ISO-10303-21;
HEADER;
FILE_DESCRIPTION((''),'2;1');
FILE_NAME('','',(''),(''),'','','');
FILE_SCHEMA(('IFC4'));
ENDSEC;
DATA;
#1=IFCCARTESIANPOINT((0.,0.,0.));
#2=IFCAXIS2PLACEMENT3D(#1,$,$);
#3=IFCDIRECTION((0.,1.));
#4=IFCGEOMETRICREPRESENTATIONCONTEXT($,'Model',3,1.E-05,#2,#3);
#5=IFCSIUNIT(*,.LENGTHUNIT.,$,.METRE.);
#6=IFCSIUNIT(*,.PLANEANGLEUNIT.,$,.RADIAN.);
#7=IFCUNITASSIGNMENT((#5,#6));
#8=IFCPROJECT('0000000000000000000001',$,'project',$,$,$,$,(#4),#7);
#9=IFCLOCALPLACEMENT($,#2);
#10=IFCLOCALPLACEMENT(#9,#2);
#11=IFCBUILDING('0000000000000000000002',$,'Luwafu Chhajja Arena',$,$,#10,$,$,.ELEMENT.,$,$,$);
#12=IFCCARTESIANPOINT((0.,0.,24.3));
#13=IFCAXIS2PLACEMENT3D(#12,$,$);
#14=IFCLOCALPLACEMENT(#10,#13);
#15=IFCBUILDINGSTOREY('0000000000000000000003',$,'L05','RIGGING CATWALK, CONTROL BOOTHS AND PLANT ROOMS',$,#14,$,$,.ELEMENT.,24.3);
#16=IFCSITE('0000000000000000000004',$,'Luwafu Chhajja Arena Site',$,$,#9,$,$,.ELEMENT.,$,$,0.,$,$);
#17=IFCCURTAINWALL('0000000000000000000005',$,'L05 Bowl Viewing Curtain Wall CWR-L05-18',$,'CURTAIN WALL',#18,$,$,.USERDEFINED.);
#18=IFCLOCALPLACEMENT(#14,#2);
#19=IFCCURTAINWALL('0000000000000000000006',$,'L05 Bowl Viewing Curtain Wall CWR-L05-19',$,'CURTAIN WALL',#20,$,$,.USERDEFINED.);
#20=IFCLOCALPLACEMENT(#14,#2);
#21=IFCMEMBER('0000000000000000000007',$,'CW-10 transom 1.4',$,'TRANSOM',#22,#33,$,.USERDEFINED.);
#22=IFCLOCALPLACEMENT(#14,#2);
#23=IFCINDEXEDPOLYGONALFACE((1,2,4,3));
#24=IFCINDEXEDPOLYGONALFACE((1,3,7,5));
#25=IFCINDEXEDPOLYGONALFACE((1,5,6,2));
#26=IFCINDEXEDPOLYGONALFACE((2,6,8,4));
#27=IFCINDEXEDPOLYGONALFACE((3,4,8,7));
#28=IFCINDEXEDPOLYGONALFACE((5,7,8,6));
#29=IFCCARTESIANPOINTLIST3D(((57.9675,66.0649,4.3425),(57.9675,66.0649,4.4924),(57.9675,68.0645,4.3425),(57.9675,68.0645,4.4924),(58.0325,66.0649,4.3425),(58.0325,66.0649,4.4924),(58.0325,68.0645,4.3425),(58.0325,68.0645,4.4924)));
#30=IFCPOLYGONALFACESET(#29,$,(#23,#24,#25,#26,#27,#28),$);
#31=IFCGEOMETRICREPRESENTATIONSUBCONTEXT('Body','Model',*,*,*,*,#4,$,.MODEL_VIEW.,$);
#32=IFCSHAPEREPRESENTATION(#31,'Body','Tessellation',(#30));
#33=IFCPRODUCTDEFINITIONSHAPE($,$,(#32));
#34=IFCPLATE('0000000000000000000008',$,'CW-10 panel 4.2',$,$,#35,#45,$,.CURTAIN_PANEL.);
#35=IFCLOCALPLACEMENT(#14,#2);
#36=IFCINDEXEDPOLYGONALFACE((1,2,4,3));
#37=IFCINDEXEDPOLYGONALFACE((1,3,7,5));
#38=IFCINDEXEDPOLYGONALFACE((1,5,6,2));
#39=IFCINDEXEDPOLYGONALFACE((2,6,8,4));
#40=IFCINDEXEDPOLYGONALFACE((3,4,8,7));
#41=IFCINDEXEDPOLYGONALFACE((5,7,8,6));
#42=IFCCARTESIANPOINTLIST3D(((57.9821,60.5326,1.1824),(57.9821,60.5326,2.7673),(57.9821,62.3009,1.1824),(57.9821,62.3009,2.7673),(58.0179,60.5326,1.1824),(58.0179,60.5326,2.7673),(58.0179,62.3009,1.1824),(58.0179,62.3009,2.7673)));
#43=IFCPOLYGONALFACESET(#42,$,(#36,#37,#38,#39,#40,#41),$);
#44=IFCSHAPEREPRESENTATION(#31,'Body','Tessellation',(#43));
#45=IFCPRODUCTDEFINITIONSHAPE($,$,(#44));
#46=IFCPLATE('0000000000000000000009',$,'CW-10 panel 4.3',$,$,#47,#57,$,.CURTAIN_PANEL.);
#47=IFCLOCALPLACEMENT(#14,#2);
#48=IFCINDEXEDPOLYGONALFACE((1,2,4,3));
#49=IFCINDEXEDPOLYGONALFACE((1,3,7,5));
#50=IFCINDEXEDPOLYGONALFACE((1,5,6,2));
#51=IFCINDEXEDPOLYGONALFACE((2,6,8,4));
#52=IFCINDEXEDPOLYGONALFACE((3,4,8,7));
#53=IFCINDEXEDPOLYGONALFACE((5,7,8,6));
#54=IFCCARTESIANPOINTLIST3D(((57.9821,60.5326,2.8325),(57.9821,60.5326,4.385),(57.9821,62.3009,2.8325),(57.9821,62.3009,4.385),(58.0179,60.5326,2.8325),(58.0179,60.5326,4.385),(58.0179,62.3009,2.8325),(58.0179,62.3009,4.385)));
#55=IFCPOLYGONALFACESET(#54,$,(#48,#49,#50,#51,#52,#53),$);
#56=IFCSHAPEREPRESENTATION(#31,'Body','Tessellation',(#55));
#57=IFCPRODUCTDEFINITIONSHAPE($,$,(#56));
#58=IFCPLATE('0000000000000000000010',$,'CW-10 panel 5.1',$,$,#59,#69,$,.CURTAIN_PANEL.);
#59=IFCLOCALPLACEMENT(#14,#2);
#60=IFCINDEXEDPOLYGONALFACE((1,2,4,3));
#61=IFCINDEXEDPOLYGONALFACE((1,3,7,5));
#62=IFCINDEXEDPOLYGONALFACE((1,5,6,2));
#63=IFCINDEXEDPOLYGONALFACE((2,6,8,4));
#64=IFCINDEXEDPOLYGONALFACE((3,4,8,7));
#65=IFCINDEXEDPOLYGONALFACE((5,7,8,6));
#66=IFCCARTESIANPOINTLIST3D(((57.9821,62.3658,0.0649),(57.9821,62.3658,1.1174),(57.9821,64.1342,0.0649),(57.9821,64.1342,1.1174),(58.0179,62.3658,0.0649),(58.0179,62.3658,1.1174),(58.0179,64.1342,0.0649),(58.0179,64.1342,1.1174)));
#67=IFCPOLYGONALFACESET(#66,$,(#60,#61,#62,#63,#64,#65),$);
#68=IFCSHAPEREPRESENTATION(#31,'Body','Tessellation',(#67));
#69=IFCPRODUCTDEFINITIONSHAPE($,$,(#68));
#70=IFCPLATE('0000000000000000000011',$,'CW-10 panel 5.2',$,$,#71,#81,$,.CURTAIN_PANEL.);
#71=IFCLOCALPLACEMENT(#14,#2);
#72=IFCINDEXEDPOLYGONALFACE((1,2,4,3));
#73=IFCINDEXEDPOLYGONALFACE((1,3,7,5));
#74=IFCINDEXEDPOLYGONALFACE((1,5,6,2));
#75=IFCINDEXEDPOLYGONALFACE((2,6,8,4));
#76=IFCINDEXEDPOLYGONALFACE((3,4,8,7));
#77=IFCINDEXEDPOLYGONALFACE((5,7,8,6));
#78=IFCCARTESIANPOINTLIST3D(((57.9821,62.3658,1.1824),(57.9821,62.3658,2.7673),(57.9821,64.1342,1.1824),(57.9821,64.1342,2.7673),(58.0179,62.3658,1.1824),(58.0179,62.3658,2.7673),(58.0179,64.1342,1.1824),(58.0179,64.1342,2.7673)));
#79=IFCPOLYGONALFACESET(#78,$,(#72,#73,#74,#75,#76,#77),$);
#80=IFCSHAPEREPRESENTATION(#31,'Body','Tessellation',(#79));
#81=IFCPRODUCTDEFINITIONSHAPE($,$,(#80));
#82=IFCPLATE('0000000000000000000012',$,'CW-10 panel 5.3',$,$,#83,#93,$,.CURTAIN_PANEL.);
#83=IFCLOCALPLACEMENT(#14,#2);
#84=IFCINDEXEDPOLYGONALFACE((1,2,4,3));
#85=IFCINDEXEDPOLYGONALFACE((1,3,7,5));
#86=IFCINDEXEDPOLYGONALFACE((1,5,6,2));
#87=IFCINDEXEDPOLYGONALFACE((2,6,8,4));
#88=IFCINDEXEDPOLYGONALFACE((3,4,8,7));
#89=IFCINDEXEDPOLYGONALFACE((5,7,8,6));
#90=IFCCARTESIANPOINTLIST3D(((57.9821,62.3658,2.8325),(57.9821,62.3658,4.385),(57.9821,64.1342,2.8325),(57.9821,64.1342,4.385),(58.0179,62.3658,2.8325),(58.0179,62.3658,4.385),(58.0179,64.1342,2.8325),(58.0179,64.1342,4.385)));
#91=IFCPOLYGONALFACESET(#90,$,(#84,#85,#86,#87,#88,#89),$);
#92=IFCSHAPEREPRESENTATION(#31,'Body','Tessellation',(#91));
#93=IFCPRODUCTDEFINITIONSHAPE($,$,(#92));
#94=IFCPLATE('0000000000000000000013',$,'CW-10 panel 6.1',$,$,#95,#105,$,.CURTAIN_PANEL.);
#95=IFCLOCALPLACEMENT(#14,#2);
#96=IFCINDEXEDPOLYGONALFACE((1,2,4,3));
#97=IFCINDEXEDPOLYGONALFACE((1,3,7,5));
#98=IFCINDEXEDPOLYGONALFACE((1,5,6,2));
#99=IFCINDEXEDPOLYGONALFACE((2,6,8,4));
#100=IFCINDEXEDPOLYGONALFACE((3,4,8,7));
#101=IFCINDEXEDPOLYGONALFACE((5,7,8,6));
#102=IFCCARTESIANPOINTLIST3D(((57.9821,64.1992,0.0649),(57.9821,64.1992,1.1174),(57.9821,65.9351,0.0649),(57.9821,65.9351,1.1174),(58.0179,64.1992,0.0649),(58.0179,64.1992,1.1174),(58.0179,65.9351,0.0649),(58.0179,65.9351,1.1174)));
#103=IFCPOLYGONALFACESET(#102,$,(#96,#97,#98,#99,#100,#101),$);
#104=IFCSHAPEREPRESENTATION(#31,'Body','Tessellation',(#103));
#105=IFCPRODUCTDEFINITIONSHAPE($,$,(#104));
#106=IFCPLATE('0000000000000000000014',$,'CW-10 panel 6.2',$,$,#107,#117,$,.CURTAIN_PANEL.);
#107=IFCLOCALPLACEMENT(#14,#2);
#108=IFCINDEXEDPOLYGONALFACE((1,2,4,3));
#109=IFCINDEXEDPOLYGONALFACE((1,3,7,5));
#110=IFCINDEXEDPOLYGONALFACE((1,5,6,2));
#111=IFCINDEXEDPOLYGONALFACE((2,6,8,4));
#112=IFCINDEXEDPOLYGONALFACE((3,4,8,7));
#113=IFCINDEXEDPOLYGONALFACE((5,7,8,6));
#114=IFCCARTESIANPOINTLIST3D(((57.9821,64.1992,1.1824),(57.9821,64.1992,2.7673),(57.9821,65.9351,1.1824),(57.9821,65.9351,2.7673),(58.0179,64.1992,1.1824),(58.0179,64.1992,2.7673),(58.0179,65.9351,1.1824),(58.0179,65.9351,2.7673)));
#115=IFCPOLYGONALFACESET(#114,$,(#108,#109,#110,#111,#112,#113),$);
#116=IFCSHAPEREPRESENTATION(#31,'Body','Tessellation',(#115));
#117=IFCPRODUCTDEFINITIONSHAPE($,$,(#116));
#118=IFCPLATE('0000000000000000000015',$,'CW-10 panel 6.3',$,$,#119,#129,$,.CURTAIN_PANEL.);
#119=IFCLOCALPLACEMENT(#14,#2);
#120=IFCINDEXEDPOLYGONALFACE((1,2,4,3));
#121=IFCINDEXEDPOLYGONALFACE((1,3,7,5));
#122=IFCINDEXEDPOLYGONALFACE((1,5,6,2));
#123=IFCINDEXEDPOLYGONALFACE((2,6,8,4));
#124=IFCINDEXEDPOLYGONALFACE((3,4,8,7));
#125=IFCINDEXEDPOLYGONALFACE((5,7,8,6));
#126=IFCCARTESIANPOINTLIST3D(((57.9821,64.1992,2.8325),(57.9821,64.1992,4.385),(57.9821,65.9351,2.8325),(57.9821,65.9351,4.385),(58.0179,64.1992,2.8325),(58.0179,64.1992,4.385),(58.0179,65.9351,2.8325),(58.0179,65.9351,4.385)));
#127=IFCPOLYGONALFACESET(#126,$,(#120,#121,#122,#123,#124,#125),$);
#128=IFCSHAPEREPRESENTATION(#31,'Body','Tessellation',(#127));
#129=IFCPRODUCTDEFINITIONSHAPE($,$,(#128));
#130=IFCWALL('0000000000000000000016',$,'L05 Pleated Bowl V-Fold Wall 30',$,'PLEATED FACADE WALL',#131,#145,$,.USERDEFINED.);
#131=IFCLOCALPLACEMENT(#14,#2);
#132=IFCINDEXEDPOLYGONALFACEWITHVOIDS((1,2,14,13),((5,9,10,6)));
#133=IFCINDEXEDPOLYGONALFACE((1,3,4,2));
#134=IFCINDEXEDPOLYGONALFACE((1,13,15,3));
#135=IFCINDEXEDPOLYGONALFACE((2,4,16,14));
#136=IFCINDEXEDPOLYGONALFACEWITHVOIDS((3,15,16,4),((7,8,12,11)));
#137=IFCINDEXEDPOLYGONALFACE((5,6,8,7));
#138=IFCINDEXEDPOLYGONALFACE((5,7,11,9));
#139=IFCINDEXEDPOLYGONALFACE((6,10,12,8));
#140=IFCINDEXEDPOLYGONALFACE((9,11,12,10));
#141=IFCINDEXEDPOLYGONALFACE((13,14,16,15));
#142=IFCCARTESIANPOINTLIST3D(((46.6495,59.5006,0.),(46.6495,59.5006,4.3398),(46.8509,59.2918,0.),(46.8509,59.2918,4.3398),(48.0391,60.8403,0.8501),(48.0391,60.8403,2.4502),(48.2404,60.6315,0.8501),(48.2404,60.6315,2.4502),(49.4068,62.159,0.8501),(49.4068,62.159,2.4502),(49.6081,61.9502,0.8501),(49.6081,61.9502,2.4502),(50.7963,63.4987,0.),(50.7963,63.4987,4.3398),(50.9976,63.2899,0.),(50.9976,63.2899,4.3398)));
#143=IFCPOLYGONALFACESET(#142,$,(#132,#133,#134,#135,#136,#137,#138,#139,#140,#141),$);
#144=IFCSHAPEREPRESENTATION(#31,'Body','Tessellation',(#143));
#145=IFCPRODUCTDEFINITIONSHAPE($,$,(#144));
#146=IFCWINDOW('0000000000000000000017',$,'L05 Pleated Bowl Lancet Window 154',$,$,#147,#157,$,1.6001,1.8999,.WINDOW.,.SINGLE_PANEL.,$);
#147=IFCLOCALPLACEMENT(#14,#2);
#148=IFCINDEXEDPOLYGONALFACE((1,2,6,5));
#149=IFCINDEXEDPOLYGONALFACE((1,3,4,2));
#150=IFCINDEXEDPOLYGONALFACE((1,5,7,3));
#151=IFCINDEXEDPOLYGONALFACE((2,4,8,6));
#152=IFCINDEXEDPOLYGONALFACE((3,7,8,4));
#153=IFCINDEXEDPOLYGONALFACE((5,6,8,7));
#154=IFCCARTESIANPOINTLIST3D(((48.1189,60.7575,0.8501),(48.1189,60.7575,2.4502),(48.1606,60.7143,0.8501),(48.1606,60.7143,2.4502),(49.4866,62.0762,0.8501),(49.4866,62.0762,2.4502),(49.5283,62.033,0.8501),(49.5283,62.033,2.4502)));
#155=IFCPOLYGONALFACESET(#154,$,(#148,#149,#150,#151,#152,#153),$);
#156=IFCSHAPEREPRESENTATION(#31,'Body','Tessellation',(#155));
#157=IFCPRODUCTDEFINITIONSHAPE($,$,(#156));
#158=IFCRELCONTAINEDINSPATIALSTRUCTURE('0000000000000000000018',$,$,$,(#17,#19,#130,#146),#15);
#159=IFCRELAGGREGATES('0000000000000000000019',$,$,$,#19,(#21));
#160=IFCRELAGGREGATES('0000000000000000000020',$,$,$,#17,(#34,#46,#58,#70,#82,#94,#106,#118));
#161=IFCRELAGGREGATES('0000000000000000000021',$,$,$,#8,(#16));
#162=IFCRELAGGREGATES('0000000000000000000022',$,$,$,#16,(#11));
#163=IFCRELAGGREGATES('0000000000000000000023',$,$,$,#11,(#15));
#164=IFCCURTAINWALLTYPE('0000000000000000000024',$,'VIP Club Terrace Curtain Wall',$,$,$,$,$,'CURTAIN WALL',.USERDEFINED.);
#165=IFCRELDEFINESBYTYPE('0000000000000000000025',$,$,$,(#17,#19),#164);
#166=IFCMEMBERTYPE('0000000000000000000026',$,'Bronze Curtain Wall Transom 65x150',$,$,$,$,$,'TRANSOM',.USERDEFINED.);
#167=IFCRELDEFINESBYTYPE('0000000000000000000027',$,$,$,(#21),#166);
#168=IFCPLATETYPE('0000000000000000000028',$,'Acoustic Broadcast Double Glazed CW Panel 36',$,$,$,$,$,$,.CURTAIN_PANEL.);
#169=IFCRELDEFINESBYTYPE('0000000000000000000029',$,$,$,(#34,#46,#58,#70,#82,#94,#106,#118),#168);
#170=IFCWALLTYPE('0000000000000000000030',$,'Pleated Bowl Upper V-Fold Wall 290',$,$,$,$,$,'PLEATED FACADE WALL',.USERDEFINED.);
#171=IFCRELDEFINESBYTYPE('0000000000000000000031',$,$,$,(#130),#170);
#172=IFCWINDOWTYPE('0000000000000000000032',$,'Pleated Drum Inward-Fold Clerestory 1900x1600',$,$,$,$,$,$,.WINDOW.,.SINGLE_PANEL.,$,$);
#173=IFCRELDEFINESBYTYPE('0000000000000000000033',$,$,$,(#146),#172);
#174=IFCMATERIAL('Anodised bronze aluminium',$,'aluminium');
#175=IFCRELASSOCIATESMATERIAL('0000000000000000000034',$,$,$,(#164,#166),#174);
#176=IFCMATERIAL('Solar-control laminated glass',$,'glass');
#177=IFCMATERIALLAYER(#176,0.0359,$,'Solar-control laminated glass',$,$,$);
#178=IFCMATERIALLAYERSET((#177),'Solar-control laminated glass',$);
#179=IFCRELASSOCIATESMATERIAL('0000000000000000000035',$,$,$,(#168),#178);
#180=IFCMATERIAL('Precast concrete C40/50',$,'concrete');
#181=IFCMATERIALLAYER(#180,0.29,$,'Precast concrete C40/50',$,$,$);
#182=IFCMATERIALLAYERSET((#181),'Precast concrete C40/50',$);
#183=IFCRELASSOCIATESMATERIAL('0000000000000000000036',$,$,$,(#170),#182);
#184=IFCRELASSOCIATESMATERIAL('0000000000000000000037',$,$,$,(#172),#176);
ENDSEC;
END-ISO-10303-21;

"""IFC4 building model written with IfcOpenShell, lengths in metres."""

from ifc_helpers import new_model, si_unit, direction, frame, frame_2d, origin, origin_2d, place, context, subcontext, project, spatial, rectangle, extrude, material, layer, layer_set, material_profile, profile_set, type_object, element, fill, aggregate, save


model = new_model("IFC4")

# Units and contexts
model_context = context("Model", 3, precision=1e-05, world=origin(), true_north=direction((0.0, 1.0)))
body_context = subcontext(model_context, "Body", "Model", "MODEL_VIEW")
ifc_project = project(units=[si_unit("LENGTHUNIT", "METRE"), si_unit("PLANEANGLEUNIT", "RADIAN")], contexts=[model_context])

# Site, building, storey
site_placement = place(None, origin())
site = spatial("IfcSite", under=ifc_project, at=site_placement, Name="Luwafu Chhajja Arena Site", CompositionType="ELEMENT", RefElevation=0.0)
building_placement = place(site_placement, origin())
building = spatial("IfcBuilding", under=site, at=building_placement, Name="Luwafu Chhajja Arena", CompositionType="ELEMENT")
storey_placement = place(building_placement, frame((0.0, 0.0, 24.3)))
storey = spatial("IfcBuildingStorey", under=building, at=storey_placement, Name="L05", Description="RIGGING CATWALK, CONTROL BOOTHS AND PLANT ROOMS", CompositionType="ELEMENT", Elevation=24.3)

# Curtain wall
ifc_material_1 = material(Name="Anodised bronze aluminium", Category="aluminium")
curtain_wall_type = type_object("IfcCurtainWallType", Name="VIP Club Terrace Curtain Wall", ElementType="CURTAIN WALL", PredefinedType="USERDEFINED", material=ifc_material_1)
curtain_wall_1_placement = place(storey_placement, origin())
curtain_wall_1 = element("IfcCurtainWall", 1, at=curtain_wall_1_placement, inside=storey, type_object=curtain_wall_type, Name="L05 Bowl Viewing Curtain Wall CWR-L05-18", ObjectType="CURTAIN WALL", PredefinedType="USERDEFINED")

# Curtain wall
curtain_wall_2_placement = place(storey_placement, origin())
curtain_wall_2 = element("IfcCurtainWall", 2, at=curtain_wall_2_placement, inside=storey, type_object=curtain_wall_type, Name="L05 Bowl Viewing Curtain Wall CWR-L05-19", ObjectType="CURTAIN WALL", PredefinedType="USERDEFINED")

# Member
ifc_material_profile_1 = material_profile(ifc_material_1, rectangle(XDim=0.0649, YDim=0.1499, at=origin_2d()), Name="CWT 65x150")
ifc_profile_set_1 = profile_set([ifc_material_profile_1], Name="Anodised bronze aluminium")
member_type_1 = type_object("IfcMemberType", Name="Bronze Curtain Wall Transom 65x150", ElementType="TRANSOM", PredefinedType="USERDEFINED", material=ifc_profile_set_1)
member_1_placement = place(storey_placement, frame((58.0, 66.0649, 4.4175), z_axis=(0.0, 1.0, 0.0), x_axis=(-1.0, 0.0, 0.0)))
member_1 = element("IfcMember", 3, at=member_1_placement, type_object=member_type_1, Name="CW-10 transom 1.4", ObjectType="TRANSOM", PredefinedType="USERDEFINED", context=body_context, shape_type="SweptSolid", body=[
    extrude(rectangle(XDim=0.0649, YDim=0.1499, at=origin_2d()), origin(), (0.0, 0.0, 1.0), 1.9995),
])
aggregate(curtain_wall_2, [member_1])

# Plates
ifc_material_2 = material(Name="Solar-control laminated glass", Category="glass")
ifc_layer_1 = layer(ifc_material_2, 0.0359, Name="Solar-control laminated glass")
ifc_layer_set_1 = layer_set([ifc_layer_1], Name="Solar-control laminated glass")
plate_type = type_object("IfcPlateType", Name="Acoustic Broadcast Double Glazed CW Panel 36", PredefinedType="CURTAIN_PANEL", material=ifc_layer_set_1)
plate_1_placement = place(storey_placement, frame((58.0, 61.4167, 1.1824), z_axis=(0.0, 0.0, 1.0), x_axis=(0.0, 1.0, 0.0)))
plate_1 = element("IfcPlate", 4, at=plate_1_placement, type_object=plate_type, Name="CW-10 panel 4.2", PredefinedType="CURTAIN_PANEL", context=body_context, shape_type="SweptSolid", body=[
    extrude(rectangle(XDim=1.7683, YDim=0.0359, at=origin_2d()), origin(), (0.0, 0.0, 1.0), 1.585),
])
plate_2_placement = place(storey_placement, frame((58.0, 61.4167, 2.8325), z_axis=(0.0, 0.0, 1.0), x_axis=(0.0, 1.0, 0.0)))
plate_2 = element("IfcPlate", 5, at=plate_2_placement, type_object=plate_type, Name="CW-10 panel 4.3", PredefinedType="CURTAIN_PANEL", context=body_context, shape_type="SweptSolid", body=[
    extrude(rectangle(XDim=1.7683, YDim=0.0359, at=origin_2d()), origin(), (0.0, 0.0, 1.0), 1.5525),
])
plate_3_placement = place(storey_placement, frame((58.0, 63.25, 0.0649), z_axis=(0.0, 0.0, 1.0), x_axis=(0.0, 1.0, 0.0)))
plate_3 = element("IfcPlate", 6, at=plate_3_placement, type_object=plate_type, Name="CW-10 panel 5.1", PredefinedType="CURTAIN_PANEL", context=body_context, shape_type="SweptSolid", body=[
    extrude(rectangle(XDim=1.7683, YDim=0.0359, at=origin_2d()), origin(), (0.0, 0.0, 1.0), 1.0525),
])
plate_4_placement = place(storey_placement, frame((58.0, 63.25, 1.1824), z_axis=(0.0, 0.0, 1.0), x_axis=(0.0, 1.0, 0.0)))
plate_4 = element("IfcPlate", 7, at=plate_4_placement, type_object=plate_type, Name="CW-10 panel 5.2", PredefinedType="CURTAIN_PANEL", context=body_context, shape_type="SweptSolid", body=[
    extrude(rectangle(XDim=1.7683, YDim=0.0359, at=origin_2d()), origin(), (0.0, 0.0, 1.0), 1.585),
])
plate_5_placement = place(storey_placement, frame((58.0, 63.25, 2.8325), z_axis=(0.0, 0.0, 1.0), x_axis=(0.0, 1.0, 0.0)))
plate_5 = element("IfcPlate", 8, at=plate_5_placement, type_object=plate_type, Name="CW-10 panel 5.3", PredefinedType="CURTAIN_PANEL", context=body_context, shape_type="SweptSolid", body=[
    extrude(rectangle(XDim=1.7683, YDim=0.0359, at=origin_2d()), origin(), (0.0, 0.0, 1.0), 1.5525),
])
plate_6_placement = place(storey_placement, frame((58.0, 65.0671, 0.0649), z_axis=(0.0, 0.0, 1.0), x_axis=(0.0, 1.0, 0.0)))
plate_6 = element("IfcPlate", 9, at=plate_6_placement, type_object=plate_type, Name="CW-10 panel 6.1", PredefinedType="CURTAIN_PANEL", context=body_context, shape_type="SweptSolid", body=[
    extrude(rectangle(XDim=1.7358, YDim=0.0359, at=origin_2d()), origin(), (0.0, 0.0, 1.0), 1.0525),
])
plate_7_placement = place(storey_placement, frame((58.0, 65.0671, 1.1824), z_axis=(0.0, 0.0, 1.0), x_axis=(0.0, 1.0, 0.0)))
plate_7 = element("IfcPlate", 10, at=plate_7_placement, type_object=plate_type, Name="CW-10 panel 6.2", PredefinedType="CURTAIN_PANEL", context=body_context, shape_type="SweptSolid", body=[
    extrude(rectangle(XDim=1.7358, YDim=0.0359, at=origin_2d()), origin(), (0.0, 0.0, 1.0), 1.585),
])
plate_8_placement = place(storey_placement, frame((58.0, 65.0671, 2.8325), z_axis=(0.0, 0.0, 1.0), x_axis=(0.0, 1.0, 0.0)))
plate_8 = element("IfcPlate", 11, at=plate_8_placement, type_object=plate_type, Name="CW-10 panel 6.3", PredefinedType="CURTAIN_PANEL", context=body_context, shape_type="SweptSolid", body=[
    extrude(rectangle(XDim=1.7358, YDim=0.0359, at=origin_2d()), origin(), (0.0, 0.0, 1.0), 1.5525),
])
aggregate(curtain_wall_1, [plate_1, plate_2, plate_3, plate_4, plate_5, plate_6, plate_7, plate_8])

# Wall, opening, window
ifc_material_3 = material(Name="Precast concrete C40/50", Category="concrete")
ifc_layer_2 = layer(ifc_material_3, 0.29, Name="Precast concrete C40/50")
ifc_layer_set_2 = layer_set([ifc_layer_2], Name="Precast concrete C40/50")
wall_type = type_object("IfcWallType", Name="Pleated Bowl Upper V-Fold Wall 290", ElementType="PLEATED FACADE WALL", PredefinedType="USERDEFINED", material=ifc_layer_set_2)
wall_placement = place(storey_placement, frame((50.897, 63.3943, 0.0), z_axis=(0.0, 0.0, 1.0), x_axis=(-0.719895, -0.694083, 0.0)))
wall = element("IfcWall", 12, at=wall_placement, inside=storey, type_object=wall_type, Name="L05 Pleated Bowl V-Fold Wall 30", ObjectType="PLEATED FACADE WALL", PredefinedType="USERDEFINED", context=body_context, shape_type="SweptSolid", body=[
    extrude(rectangle(XDim=5.7603, YDim=0.29, at=frame_2d((2.8801, 0.0))), origin(), (0.0, 0.0, 1.0), 4.3398),
])
opening_placement = place(wall_placement, frame((1.9302, 0.0, 0.8501)))
opening = element("IfcOpeningElement", 13, at=opening_placement, cuts=wall, PredefinedType="OPENING", context=body_context, shape_type="SweptSolid", body=[
    extrude(rectangle(XDim=1.8999, YDim=1.6001, at=frame_2d((0.95, 0.8))), frame((0.0, 0.155, 0.0), z_axis=(0.0, -1.0, 0.0), x_axis=(1.0, 0.0, 0.0)), (0.0, 0.0, 1.0), 0.3101),
])
window_type = type_object("IfcWindowType", Name="Pleated Drum Inward-Fold Clerestory 1900x1600", PartitioningType="SINGLE_PANEL", PredefinedType="WINDOW", material=ifc_material_2)
window_placement = place(opening_placement, origin())
window = element("IfcWindow", 14, at=window_placement, inside=storey, type_object=window_type, Name="L05 Pleated Bowl Lancet Window 154", OverallHeight=1.6001, OverallWidth=1.8999, PartitioningType="SINGLE_PANEL", PredefinedType="WINDOW", context=body_context, shape_type="SweptSolid", body=[
    extrude(rectangle(XDim=1.8999, YDim=1.6001, at=frame_2d((0.95, 0.8))), frame((0.0, 0.03, 0.0), z_axis=(0.0, -1.0, 0.0), x_axis=(1.0, 0.0, 0.0)), (0.0, 0.0, 1.0), 0.0601),
])
fill(opening, window)

save(model, "model.ifc")
